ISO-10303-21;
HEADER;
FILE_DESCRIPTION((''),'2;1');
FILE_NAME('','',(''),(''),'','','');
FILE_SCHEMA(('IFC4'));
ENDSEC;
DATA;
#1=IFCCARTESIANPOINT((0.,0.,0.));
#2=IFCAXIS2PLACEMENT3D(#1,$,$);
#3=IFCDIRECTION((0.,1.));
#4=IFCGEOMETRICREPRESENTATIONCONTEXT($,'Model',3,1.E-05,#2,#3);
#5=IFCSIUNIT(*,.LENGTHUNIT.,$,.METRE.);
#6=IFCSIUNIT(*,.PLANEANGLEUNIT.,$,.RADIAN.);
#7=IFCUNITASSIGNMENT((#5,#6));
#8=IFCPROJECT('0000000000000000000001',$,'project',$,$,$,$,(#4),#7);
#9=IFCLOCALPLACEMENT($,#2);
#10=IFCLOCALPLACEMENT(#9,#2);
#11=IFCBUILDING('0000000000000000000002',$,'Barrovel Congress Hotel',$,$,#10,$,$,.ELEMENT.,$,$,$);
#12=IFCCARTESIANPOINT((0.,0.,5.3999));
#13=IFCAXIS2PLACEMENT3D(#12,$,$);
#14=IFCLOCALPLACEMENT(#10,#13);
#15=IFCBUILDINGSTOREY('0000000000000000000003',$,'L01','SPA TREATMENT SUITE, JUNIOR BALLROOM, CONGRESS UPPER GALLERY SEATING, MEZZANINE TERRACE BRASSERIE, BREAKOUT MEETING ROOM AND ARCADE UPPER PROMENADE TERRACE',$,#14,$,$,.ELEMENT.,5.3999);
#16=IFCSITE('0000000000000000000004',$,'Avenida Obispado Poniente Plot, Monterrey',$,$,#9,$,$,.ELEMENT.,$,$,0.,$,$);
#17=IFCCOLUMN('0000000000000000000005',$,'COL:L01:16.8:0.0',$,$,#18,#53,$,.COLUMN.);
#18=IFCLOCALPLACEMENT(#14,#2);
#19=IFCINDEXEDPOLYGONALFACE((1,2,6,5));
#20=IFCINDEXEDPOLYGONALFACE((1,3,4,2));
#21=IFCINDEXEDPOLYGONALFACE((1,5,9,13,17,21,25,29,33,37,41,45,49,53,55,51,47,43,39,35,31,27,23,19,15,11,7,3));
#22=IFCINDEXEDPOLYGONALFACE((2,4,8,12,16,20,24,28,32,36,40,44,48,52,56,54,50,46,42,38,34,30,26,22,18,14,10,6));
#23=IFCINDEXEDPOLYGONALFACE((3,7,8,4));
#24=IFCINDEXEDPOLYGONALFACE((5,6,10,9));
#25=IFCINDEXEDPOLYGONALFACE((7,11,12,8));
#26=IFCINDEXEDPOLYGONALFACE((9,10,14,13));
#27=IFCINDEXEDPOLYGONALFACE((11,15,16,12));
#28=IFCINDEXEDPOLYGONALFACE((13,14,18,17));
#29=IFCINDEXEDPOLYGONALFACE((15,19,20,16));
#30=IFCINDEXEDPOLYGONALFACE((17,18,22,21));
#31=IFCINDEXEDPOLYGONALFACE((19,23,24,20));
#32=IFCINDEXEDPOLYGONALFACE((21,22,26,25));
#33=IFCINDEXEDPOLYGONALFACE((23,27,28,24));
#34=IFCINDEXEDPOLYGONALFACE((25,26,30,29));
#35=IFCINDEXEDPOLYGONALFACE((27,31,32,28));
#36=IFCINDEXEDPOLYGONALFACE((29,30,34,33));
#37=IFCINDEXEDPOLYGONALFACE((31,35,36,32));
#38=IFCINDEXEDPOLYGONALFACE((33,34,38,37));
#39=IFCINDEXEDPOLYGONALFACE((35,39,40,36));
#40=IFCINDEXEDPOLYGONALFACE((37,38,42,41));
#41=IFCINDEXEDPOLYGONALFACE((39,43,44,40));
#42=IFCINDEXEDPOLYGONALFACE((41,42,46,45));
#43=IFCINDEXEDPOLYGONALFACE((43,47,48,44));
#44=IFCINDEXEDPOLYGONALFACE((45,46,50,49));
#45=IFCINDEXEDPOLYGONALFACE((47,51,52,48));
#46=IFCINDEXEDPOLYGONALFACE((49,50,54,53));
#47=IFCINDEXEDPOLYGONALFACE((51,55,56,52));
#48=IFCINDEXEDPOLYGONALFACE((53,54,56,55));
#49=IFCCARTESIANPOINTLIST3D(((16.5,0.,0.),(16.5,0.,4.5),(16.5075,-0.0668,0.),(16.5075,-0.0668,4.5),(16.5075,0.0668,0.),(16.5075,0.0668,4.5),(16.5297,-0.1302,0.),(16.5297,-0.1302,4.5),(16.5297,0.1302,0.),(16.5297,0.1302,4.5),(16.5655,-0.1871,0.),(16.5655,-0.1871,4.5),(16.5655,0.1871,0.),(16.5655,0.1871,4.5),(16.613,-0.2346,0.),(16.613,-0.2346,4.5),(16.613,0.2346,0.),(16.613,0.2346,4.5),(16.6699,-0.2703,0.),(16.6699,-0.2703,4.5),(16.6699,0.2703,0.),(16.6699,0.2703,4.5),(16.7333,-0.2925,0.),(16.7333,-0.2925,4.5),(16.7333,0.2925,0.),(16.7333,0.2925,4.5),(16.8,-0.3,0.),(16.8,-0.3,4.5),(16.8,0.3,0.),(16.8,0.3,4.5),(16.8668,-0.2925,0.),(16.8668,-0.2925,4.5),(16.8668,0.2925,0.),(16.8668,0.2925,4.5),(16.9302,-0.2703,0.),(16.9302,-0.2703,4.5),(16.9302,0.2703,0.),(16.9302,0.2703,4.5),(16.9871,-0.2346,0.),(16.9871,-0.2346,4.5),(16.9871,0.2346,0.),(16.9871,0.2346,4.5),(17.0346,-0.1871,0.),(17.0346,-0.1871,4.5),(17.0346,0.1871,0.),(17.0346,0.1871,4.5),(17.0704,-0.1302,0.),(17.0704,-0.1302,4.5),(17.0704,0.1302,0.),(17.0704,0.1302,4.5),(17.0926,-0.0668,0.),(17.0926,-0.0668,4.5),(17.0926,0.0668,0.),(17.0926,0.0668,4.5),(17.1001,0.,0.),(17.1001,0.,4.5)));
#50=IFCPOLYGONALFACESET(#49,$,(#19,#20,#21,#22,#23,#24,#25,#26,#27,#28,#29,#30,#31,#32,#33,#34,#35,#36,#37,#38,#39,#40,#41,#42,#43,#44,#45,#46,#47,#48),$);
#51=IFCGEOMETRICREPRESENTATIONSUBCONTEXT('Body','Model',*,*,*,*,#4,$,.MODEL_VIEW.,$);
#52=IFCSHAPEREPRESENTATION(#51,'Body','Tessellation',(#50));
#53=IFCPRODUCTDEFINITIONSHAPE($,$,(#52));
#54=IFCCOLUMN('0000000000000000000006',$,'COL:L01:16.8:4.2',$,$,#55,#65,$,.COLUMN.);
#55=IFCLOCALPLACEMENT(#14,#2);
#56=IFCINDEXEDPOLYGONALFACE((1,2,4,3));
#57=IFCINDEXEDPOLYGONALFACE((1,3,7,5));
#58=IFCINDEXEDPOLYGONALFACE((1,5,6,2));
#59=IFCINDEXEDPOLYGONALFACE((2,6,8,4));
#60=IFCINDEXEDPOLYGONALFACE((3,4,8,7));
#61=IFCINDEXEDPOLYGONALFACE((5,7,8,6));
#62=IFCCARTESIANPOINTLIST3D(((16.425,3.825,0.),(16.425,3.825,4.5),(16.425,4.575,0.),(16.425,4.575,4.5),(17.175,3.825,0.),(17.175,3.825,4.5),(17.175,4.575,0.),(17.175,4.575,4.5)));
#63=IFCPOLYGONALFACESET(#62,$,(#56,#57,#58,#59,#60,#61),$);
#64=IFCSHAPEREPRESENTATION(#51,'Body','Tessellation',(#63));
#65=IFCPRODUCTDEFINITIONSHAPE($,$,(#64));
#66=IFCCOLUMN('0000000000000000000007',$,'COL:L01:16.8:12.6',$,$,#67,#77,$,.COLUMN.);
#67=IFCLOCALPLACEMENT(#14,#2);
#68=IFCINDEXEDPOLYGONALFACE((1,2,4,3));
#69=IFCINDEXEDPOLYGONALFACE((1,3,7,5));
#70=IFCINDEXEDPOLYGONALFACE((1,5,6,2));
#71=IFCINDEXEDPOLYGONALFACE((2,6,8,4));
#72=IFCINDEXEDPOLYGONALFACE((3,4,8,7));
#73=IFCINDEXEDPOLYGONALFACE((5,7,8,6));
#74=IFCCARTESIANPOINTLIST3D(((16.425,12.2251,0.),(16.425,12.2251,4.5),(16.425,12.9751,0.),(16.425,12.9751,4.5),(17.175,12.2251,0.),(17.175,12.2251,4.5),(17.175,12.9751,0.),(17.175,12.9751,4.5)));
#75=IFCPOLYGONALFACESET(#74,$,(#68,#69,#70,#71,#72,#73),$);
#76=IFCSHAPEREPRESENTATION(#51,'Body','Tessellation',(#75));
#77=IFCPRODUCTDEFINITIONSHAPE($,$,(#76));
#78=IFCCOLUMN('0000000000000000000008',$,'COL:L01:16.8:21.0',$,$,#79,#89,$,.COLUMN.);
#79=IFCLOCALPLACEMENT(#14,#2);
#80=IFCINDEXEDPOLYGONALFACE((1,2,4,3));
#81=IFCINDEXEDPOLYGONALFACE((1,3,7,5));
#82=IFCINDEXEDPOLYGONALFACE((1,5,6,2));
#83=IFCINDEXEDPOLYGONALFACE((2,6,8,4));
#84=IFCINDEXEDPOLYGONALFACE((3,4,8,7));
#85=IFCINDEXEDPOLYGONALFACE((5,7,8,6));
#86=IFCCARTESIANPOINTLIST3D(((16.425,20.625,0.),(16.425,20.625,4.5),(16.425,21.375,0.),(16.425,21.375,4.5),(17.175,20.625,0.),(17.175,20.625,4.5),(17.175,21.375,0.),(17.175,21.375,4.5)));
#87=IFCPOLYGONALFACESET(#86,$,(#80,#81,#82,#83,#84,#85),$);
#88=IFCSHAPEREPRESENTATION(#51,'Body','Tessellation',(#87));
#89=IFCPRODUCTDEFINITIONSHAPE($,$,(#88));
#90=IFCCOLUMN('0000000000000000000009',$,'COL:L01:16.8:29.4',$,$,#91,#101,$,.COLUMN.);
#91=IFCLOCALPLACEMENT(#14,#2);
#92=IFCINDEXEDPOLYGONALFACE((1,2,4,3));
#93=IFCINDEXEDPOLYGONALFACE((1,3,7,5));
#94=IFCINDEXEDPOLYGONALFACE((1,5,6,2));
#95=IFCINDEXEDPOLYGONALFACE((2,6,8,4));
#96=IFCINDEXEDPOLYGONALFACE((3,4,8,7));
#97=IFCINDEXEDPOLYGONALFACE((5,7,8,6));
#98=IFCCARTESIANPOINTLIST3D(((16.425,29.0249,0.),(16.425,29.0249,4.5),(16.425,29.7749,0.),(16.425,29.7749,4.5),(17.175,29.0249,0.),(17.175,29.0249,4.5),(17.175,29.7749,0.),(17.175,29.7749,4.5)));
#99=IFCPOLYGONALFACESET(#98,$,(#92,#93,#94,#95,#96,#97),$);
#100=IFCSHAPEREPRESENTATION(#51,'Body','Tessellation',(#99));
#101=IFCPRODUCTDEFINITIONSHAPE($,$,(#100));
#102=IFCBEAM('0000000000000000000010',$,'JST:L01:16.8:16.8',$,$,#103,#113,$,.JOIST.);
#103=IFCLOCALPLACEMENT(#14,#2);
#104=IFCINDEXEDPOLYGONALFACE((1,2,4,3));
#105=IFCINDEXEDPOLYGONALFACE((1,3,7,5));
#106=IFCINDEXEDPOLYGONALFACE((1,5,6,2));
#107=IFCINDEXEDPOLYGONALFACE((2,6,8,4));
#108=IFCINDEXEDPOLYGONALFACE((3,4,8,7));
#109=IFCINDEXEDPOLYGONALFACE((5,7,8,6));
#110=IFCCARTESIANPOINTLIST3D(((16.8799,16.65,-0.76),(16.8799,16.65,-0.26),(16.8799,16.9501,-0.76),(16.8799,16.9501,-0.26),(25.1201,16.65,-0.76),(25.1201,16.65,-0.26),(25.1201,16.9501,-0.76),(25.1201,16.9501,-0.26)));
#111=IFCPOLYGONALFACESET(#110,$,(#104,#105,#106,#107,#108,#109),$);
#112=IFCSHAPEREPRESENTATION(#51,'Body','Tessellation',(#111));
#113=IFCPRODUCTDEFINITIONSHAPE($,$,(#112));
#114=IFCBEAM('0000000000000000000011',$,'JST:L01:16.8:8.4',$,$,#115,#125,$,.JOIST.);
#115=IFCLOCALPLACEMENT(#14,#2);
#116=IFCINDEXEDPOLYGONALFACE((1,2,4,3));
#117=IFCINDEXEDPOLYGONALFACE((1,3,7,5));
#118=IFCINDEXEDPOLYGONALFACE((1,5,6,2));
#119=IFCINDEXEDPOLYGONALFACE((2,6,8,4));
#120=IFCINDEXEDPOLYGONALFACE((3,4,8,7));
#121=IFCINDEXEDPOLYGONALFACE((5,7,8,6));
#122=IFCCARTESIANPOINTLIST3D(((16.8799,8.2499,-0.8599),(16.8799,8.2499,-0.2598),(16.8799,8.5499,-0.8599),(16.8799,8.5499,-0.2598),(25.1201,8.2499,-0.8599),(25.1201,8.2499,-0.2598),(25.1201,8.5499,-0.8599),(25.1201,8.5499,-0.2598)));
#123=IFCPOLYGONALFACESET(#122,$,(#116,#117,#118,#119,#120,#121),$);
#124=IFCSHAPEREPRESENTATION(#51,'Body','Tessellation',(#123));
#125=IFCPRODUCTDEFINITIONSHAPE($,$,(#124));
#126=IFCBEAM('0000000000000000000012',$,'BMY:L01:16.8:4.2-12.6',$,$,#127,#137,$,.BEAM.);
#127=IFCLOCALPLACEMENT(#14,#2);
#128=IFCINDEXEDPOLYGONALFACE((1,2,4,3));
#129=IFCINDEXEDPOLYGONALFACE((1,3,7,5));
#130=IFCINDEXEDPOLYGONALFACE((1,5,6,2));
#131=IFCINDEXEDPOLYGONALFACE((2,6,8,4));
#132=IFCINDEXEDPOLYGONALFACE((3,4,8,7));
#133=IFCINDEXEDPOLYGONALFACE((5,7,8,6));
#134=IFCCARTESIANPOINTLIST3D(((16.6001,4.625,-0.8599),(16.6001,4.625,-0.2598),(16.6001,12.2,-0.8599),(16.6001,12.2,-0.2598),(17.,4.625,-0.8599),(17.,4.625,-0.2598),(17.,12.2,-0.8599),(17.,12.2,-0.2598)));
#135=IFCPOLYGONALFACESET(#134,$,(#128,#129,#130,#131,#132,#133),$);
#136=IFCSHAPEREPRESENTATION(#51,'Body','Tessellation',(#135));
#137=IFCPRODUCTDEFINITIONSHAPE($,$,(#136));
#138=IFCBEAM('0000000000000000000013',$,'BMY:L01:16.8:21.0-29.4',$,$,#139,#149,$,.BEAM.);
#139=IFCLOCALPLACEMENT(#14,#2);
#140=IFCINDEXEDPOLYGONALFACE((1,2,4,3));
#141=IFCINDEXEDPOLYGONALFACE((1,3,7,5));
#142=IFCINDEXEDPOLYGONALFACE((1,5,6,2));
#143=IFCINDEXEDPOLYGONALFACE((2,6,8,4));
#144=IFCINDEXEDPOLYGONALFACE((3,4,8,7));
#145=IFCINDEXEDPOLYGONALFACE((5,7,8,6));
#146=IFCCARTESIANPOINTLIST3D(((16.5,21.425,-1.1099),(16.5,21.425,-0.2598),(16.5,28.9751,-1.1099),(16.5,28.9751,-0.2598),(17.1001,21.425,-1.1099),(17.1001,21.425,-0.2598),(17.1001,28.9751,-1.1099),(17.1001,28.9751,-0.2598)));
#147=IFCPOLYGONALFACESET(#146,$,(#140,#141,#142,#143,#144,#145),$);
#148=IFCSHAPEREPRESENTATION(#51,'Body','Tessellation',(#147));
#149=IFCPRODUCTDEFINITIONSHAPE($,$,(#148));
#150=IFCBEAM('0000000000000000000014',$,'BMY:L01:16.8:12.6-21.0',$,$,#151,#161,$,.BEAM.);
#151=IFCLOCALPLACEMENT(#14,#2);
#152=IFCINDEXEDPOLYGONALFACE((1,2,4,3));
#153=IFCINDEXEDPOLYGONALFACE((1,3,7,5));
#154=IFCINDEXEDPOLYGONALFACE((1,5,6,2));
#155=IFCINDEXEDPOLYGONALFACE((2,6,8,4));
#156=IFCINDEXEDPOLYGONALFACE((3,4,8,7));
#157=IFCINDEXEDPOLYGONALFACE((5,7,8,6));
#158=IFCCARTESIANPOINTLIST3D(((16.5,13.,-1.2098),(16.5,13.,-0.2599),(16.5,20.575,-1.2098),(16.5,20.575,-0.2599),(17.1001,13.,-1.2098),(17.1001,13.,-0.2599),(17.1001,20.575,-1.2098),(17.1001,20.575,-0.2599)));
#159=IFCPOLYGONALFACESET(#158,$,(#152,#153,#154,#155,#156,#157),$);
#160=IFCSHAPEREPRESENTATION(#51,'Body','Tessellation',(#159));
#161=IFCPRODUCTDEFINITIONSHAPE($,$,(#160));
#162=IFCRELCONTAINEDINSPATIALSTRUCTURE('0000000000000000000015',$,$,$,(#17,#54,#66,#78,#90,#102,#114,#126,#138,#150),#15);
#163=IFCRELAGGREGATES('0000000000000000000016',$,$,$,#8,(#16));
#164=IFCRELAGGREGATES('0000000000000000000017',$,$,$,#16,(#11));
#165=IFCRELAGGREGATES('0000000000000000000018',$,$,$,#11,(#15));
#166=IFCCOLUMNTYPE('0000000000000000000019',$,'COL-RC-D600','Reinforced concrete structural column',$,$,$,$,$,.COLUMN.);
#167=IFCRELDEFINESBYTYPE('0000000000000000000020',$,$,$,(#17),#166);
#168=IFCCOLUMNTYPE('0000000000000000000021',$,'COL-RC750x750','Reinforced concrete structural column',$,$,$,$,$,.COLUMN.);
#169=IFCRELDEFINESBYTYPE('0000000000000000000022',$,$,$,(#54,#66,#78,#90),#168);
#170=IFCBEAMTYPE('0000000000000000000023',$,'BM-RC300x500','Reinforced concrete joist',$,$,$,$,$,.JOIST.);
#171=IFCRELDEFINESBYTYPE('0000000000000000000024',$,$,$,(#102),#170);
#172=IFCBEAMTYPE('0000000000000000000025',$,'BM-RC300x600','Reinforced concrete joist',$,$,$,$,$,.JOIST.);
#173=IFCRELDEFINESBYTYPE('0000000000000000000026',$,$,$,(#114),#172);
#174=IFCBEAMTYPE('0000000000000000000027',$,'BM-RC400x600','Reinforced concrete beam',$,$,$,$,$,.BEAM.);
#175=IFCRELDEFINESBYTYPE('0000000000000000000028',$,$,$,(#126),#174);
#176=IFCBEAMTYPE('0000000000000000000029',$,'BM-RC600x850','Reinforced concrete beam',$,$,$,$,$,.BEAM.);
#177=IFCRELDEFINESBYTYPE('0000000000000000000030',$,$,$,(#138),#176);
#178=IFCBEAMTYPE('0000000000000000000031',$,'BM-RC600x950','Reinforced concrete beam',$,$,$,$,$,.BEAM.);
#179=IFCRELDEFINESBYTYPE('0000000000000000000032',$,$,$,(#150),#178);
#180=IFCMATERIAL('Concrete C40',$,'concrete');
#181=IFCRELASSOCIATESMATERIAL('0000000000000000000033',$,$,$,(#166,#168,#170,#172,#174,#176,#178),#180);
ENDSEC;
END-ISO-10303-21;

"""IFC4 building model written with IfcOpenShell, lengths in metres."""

from ifc_helpers import new_model, si_unit, direction, frame, origin, origin_2d, place, context, subcontext, project, spatial, rectangle, circle, extrude, material, material_profile, profile_set, type_object, element, save


model = new_model("IFC4")

# Units and contexts
model_context = context("Model", 3, precision=1e-05, world=origin(), true_north=direction((0.0, 1.0)))
body_context = subcontext(model_context, "Body", "Model", "MODEL_VIEW")
ifc_project = project(units=[si_unit("LENGTHUNIT", "METRE"), si_unit("PLANEANGLEUNIT", "RADIAN")], contexts=[model_context])

# Site, building, storey
site_placement = place(None, origin())
site = spatial("IfcSite", under=ifc_project, at=site_placement, Name="Avenida Obispado Poniente Plot, Monterrey", CompositionType="ELEMENT", RefElevation=0.0)
building_placement = place(site_placement, origin())
building = spatial("IfcBuilding", under=site, at=building_placement, Name="Barrovel Congress Hotel", CompositionType="ELEMENT")
storey_placement = place(building_placement, frame((0.0, 0.0, 5.3999)))
storey = spatial("IfcBuildingStorey", under=building, at=storey_placement, Name="L01", Description="SPA TREATMENT SUITE, JUNIOR BALLROOM, CONGRESS UPPER GALLERY SEATING, MEZZANINE TERRACE BRASSERIE, BREAKOUT MEETING ROOM AND ARCADE UPPER PROMENADE TERRACE", CompositionType="ELEMENT", Elevation=5.3999)

# Columns
ifc_material_1 = material(Name="Concrete C40", Category="concrete")
ifc_material_profile_1 = material_profile(ifc_material_1, circle(Radius=0.3, at=origin_2d()), Name="RC-D600")
ifc_profile_set_1 = profile_set([ifc_material_profile_1], Name="Concrete C40")
column_type_1 = type_object("IfcColumnType", Name="COL-RC-D600", Description="Reinforced concrete structural column", PredefinedType="COLUMN", material=ifc_profile_set_1)
column_placement = place(storey_placement, frame((16.8, 0.0, 0.0), z_axis=(0.0, 0.0, 1.0), x_axis=(1.0, 0.0, 0.0)))
element("IfcColumn", 1, at=column_placement, inside=storey, type_object=column_type_1, Name="COL:L01:16.8:0.0", PredefinedType="COLUMN", context=body_context, shape_type="SweptSolid", body=[
    extrude(circle(Radius=0.3, at=origin_2d()), origin(), (0.0, 0.0, 1.0), 4.5),
])
ifc_material_profile_2 = material_profile(ifc_material_1, rectangle(XDim=0.75, YDim=0.75, at=origin_2d()), Name="RC750x750")
ifc_profile_set_2 = profile_set([ifc_material_profile_2], Name="Concrete C40")
column_type_2 = type_object("IfcColumnType", Name="COL-RC750x750", Description="Reinforced concrete structural column", PredefinedType="COLUMN", material=ifc_profile_set_2)
for number, where, z_axis, x_axis, name in (
    (2, (16.8, 4.2, 0.0), (0.0, 0.0, 1.0), (1.0, 0.0, 0.0), "COL:L01:16.8:4.2"),
    (3, (16.8, 12.6001, 0.0), (0.0, 0.0, 1.0), (1.0, 0.0, 0.0), "COL:L01:16.8:12.6"),
    (4, (16.8, 21.0, 0.0), (0.0, 0.0, 1.0), (1.0, 0.0, 0.0), "COL:L01:16.8:21.0"),
    (5, (16.8, 29.3999, 0.0), (0.0, 0.0, 1.0), (1.0, 0.0, 0.0), "COL:L01:16.8:29.4"),
):
    element("IfcColumn", number, at=place(storey_placement, frame(where, z_axis=z_axis, x_axis=x_axis)), inside=storey, type_object=column_type_2, Name=name, PredefinedType="COLUMN", context=body_context, shape_type="SweptSolid", body=[
        extrude(rectangle(XDim=0.75, YDim=0.75, at=origin_2d()), origin(), (0.0, 0.0, 1.0), 4.5),
    ])

# Beams
ifc_material_profile_3 = material_profile(ifc_material_1, rectangle(XDim=0.3, YDim=0.5, at=origin_2d()), Name="RC300x500")
ifc_profile_set_3 = profile_set([ifc_material_profile_3], Name="Concrete C40")
beam_type_1 = type_object("IfcBeamType", Name="BM-RC300x500", Description="Reinforced concrete joist", PredefinedType="JOIST", material=ifc_profile_set_3)
beam_1_placement = place(storey_placement, frame((16.8799, 16.8, -0.51), z_axis=(1.0, 0.0, 0.0), x_axis=(0.0, 1.0, 0.0)))
element("IfcBeam", 6, at=beam_1_placement, inside=storey, type_object=beam_type_1, Name="JST:L01:16.8:16.8", PredefinedType="JOIST", context=body_context, shape_type="SweptSolid", body=[
    extrude(rectangle(XDim=0.3, YDim=0.5, at=origin_2d()), origin(), (0.0, 0.0, 1.0), 8.2402),
])
ifc_material_profile_4 = material_profile(ifc_material_1, rectangle(XDim=0.3, YDim=0.6001, at=origin_2d()), Name="RC300x600")
ifc_profile_set_4 = profile_set([ifc_material_profile_4], Name="Concrete C40")
beam_type_2 = type_object("IfcBeamType", Name="BM-RC300x600", Description="Reinforced concrete joist", PredefinedType="JOIST", material=ifc_profile_set_4)
beam_2_placement = place(storey_placement, frame((16.8799, 8.3999, -0.5598), z_axis=(1.0, 0.0, 0.0), x_axis=(0.0, 1.0, 0.0)))
element("IfcBeam", 7, at=beam_2_placement, inside=storey, type_object=beam_type_2, Name="JST:L01:16.8:8.4", PredefinedType="JOIST", context=body_context, shape_type="SweptSolid", body=[
    extrude(rectangle(XDim=0.3, YDim=0.6001, at=origin_2d()), origin(), (0.0, 0.0, 1.0), 8.2402),
])
ifc_material_profile_5 = material_profile(ifc_material_1, rectangle(XDim=0.3999, YDim=0.6001, at=origin_2d()), Name="RC400x600")
ifc_profile_set_5 = profile_set([ifc_material_profile_5], Name="Concrete C40")
beam_type_3 = type_object("IfcBeamType", Name="BM-RC400x600", Description="Reinforced concrete beam", PredefinedType="BEAM", material=ifc_profile_set_5)
beam_3_placement = place(storey_placement, frame((16.8, 4.625, -0.5598), z_axis=(0.0, 1.0, 0.0), x_axis=(-1.0, 0.0, 0.0)))
element("IfcBeam", 8, at=beam_3_placement, inside=storey, type_object=beam_type_3, Name="BMY:L01:16.8:4.2-12.6", PredefinedType="BEAM", context=body_context, shape_type="SweptSolid", body=[
    extrude(rectangle(XDim=0.3999, YDim=0.6001, at=origin_2d()), origin(), (0.0, 0.0, 1.0), 7.575),
])
ifc_material_profile_6 = material_profile(ifc_material_1, rectangle(XDim=0.6001, YDim=0.8501, at=origin_2d()), Name="RC600x850")
ifc_profile_set_6 = profile_set([ifc_material_profile_6], Name="Concrete C40")
beam_type_4 = type_object("IfcBeamType", Name="BM-RC600x850", Description="Reinforced concrete beam", PredefinedType="BEAM", material=ifc_profile_set_6)
beam_4_placement = place(storey_placement, frame((16.8, 21.425, -0.6848), z_axis=(0.0, 1.0, 0.0), x_axis=(-1.0, 0.0, 0.0)))
element("IfcBeam", 9, at=beam_4_placement, inside=storey, type_object=beam_type_4, Name="BMY:L01:16.8:21.0-29.4", PredefinedType="BEAM", context=body_context, shape_type="SweptSolid", body=[
    extrude(rectangle(XDim=0.6001, YDim=0.8501, at=origin_2d()), origin(), (0.0, 0.0, 1.0), 7.55),
])
ifc_material_profile_7 = material_profile(ifc_material_1, rectangle(XDim=0.6001, YDim=0.95, at=origin_2d()), Name="RC600x950")
ifc_profile_set_7 = profile_set([ifc_material_profile_7], Name="Concrete C40")
beam_type_5 = type_object("IfcBeamType", Name="BM-RC600x950", Description="Reinforced concrete beam", PredefinedType="BEAM", material=ifc_profile_set_7)
beam_5_placement = place(storey_placement, frame((16.8, 13.0, -0.7349), z_axis=(0.0, 1.0, 0.0), x_axis=(-1.0, 0.0, 0.0)))
element("IfcBeam", 10, at=beam_5_placement, inside=storey, type_object=beam_type_5, Name="BMY:L01:16.8:12.6-21.0", PredefinedType="BEAM", context=body_context, shape_type="SweptSolid", body=[
    extrude(rectangle(XDim=0.6001, YDim=0.95, at=origin_2d()), origin(), (0.0, 0.0, 1.0), 7.575),
])

save(model, "model.ifc")
